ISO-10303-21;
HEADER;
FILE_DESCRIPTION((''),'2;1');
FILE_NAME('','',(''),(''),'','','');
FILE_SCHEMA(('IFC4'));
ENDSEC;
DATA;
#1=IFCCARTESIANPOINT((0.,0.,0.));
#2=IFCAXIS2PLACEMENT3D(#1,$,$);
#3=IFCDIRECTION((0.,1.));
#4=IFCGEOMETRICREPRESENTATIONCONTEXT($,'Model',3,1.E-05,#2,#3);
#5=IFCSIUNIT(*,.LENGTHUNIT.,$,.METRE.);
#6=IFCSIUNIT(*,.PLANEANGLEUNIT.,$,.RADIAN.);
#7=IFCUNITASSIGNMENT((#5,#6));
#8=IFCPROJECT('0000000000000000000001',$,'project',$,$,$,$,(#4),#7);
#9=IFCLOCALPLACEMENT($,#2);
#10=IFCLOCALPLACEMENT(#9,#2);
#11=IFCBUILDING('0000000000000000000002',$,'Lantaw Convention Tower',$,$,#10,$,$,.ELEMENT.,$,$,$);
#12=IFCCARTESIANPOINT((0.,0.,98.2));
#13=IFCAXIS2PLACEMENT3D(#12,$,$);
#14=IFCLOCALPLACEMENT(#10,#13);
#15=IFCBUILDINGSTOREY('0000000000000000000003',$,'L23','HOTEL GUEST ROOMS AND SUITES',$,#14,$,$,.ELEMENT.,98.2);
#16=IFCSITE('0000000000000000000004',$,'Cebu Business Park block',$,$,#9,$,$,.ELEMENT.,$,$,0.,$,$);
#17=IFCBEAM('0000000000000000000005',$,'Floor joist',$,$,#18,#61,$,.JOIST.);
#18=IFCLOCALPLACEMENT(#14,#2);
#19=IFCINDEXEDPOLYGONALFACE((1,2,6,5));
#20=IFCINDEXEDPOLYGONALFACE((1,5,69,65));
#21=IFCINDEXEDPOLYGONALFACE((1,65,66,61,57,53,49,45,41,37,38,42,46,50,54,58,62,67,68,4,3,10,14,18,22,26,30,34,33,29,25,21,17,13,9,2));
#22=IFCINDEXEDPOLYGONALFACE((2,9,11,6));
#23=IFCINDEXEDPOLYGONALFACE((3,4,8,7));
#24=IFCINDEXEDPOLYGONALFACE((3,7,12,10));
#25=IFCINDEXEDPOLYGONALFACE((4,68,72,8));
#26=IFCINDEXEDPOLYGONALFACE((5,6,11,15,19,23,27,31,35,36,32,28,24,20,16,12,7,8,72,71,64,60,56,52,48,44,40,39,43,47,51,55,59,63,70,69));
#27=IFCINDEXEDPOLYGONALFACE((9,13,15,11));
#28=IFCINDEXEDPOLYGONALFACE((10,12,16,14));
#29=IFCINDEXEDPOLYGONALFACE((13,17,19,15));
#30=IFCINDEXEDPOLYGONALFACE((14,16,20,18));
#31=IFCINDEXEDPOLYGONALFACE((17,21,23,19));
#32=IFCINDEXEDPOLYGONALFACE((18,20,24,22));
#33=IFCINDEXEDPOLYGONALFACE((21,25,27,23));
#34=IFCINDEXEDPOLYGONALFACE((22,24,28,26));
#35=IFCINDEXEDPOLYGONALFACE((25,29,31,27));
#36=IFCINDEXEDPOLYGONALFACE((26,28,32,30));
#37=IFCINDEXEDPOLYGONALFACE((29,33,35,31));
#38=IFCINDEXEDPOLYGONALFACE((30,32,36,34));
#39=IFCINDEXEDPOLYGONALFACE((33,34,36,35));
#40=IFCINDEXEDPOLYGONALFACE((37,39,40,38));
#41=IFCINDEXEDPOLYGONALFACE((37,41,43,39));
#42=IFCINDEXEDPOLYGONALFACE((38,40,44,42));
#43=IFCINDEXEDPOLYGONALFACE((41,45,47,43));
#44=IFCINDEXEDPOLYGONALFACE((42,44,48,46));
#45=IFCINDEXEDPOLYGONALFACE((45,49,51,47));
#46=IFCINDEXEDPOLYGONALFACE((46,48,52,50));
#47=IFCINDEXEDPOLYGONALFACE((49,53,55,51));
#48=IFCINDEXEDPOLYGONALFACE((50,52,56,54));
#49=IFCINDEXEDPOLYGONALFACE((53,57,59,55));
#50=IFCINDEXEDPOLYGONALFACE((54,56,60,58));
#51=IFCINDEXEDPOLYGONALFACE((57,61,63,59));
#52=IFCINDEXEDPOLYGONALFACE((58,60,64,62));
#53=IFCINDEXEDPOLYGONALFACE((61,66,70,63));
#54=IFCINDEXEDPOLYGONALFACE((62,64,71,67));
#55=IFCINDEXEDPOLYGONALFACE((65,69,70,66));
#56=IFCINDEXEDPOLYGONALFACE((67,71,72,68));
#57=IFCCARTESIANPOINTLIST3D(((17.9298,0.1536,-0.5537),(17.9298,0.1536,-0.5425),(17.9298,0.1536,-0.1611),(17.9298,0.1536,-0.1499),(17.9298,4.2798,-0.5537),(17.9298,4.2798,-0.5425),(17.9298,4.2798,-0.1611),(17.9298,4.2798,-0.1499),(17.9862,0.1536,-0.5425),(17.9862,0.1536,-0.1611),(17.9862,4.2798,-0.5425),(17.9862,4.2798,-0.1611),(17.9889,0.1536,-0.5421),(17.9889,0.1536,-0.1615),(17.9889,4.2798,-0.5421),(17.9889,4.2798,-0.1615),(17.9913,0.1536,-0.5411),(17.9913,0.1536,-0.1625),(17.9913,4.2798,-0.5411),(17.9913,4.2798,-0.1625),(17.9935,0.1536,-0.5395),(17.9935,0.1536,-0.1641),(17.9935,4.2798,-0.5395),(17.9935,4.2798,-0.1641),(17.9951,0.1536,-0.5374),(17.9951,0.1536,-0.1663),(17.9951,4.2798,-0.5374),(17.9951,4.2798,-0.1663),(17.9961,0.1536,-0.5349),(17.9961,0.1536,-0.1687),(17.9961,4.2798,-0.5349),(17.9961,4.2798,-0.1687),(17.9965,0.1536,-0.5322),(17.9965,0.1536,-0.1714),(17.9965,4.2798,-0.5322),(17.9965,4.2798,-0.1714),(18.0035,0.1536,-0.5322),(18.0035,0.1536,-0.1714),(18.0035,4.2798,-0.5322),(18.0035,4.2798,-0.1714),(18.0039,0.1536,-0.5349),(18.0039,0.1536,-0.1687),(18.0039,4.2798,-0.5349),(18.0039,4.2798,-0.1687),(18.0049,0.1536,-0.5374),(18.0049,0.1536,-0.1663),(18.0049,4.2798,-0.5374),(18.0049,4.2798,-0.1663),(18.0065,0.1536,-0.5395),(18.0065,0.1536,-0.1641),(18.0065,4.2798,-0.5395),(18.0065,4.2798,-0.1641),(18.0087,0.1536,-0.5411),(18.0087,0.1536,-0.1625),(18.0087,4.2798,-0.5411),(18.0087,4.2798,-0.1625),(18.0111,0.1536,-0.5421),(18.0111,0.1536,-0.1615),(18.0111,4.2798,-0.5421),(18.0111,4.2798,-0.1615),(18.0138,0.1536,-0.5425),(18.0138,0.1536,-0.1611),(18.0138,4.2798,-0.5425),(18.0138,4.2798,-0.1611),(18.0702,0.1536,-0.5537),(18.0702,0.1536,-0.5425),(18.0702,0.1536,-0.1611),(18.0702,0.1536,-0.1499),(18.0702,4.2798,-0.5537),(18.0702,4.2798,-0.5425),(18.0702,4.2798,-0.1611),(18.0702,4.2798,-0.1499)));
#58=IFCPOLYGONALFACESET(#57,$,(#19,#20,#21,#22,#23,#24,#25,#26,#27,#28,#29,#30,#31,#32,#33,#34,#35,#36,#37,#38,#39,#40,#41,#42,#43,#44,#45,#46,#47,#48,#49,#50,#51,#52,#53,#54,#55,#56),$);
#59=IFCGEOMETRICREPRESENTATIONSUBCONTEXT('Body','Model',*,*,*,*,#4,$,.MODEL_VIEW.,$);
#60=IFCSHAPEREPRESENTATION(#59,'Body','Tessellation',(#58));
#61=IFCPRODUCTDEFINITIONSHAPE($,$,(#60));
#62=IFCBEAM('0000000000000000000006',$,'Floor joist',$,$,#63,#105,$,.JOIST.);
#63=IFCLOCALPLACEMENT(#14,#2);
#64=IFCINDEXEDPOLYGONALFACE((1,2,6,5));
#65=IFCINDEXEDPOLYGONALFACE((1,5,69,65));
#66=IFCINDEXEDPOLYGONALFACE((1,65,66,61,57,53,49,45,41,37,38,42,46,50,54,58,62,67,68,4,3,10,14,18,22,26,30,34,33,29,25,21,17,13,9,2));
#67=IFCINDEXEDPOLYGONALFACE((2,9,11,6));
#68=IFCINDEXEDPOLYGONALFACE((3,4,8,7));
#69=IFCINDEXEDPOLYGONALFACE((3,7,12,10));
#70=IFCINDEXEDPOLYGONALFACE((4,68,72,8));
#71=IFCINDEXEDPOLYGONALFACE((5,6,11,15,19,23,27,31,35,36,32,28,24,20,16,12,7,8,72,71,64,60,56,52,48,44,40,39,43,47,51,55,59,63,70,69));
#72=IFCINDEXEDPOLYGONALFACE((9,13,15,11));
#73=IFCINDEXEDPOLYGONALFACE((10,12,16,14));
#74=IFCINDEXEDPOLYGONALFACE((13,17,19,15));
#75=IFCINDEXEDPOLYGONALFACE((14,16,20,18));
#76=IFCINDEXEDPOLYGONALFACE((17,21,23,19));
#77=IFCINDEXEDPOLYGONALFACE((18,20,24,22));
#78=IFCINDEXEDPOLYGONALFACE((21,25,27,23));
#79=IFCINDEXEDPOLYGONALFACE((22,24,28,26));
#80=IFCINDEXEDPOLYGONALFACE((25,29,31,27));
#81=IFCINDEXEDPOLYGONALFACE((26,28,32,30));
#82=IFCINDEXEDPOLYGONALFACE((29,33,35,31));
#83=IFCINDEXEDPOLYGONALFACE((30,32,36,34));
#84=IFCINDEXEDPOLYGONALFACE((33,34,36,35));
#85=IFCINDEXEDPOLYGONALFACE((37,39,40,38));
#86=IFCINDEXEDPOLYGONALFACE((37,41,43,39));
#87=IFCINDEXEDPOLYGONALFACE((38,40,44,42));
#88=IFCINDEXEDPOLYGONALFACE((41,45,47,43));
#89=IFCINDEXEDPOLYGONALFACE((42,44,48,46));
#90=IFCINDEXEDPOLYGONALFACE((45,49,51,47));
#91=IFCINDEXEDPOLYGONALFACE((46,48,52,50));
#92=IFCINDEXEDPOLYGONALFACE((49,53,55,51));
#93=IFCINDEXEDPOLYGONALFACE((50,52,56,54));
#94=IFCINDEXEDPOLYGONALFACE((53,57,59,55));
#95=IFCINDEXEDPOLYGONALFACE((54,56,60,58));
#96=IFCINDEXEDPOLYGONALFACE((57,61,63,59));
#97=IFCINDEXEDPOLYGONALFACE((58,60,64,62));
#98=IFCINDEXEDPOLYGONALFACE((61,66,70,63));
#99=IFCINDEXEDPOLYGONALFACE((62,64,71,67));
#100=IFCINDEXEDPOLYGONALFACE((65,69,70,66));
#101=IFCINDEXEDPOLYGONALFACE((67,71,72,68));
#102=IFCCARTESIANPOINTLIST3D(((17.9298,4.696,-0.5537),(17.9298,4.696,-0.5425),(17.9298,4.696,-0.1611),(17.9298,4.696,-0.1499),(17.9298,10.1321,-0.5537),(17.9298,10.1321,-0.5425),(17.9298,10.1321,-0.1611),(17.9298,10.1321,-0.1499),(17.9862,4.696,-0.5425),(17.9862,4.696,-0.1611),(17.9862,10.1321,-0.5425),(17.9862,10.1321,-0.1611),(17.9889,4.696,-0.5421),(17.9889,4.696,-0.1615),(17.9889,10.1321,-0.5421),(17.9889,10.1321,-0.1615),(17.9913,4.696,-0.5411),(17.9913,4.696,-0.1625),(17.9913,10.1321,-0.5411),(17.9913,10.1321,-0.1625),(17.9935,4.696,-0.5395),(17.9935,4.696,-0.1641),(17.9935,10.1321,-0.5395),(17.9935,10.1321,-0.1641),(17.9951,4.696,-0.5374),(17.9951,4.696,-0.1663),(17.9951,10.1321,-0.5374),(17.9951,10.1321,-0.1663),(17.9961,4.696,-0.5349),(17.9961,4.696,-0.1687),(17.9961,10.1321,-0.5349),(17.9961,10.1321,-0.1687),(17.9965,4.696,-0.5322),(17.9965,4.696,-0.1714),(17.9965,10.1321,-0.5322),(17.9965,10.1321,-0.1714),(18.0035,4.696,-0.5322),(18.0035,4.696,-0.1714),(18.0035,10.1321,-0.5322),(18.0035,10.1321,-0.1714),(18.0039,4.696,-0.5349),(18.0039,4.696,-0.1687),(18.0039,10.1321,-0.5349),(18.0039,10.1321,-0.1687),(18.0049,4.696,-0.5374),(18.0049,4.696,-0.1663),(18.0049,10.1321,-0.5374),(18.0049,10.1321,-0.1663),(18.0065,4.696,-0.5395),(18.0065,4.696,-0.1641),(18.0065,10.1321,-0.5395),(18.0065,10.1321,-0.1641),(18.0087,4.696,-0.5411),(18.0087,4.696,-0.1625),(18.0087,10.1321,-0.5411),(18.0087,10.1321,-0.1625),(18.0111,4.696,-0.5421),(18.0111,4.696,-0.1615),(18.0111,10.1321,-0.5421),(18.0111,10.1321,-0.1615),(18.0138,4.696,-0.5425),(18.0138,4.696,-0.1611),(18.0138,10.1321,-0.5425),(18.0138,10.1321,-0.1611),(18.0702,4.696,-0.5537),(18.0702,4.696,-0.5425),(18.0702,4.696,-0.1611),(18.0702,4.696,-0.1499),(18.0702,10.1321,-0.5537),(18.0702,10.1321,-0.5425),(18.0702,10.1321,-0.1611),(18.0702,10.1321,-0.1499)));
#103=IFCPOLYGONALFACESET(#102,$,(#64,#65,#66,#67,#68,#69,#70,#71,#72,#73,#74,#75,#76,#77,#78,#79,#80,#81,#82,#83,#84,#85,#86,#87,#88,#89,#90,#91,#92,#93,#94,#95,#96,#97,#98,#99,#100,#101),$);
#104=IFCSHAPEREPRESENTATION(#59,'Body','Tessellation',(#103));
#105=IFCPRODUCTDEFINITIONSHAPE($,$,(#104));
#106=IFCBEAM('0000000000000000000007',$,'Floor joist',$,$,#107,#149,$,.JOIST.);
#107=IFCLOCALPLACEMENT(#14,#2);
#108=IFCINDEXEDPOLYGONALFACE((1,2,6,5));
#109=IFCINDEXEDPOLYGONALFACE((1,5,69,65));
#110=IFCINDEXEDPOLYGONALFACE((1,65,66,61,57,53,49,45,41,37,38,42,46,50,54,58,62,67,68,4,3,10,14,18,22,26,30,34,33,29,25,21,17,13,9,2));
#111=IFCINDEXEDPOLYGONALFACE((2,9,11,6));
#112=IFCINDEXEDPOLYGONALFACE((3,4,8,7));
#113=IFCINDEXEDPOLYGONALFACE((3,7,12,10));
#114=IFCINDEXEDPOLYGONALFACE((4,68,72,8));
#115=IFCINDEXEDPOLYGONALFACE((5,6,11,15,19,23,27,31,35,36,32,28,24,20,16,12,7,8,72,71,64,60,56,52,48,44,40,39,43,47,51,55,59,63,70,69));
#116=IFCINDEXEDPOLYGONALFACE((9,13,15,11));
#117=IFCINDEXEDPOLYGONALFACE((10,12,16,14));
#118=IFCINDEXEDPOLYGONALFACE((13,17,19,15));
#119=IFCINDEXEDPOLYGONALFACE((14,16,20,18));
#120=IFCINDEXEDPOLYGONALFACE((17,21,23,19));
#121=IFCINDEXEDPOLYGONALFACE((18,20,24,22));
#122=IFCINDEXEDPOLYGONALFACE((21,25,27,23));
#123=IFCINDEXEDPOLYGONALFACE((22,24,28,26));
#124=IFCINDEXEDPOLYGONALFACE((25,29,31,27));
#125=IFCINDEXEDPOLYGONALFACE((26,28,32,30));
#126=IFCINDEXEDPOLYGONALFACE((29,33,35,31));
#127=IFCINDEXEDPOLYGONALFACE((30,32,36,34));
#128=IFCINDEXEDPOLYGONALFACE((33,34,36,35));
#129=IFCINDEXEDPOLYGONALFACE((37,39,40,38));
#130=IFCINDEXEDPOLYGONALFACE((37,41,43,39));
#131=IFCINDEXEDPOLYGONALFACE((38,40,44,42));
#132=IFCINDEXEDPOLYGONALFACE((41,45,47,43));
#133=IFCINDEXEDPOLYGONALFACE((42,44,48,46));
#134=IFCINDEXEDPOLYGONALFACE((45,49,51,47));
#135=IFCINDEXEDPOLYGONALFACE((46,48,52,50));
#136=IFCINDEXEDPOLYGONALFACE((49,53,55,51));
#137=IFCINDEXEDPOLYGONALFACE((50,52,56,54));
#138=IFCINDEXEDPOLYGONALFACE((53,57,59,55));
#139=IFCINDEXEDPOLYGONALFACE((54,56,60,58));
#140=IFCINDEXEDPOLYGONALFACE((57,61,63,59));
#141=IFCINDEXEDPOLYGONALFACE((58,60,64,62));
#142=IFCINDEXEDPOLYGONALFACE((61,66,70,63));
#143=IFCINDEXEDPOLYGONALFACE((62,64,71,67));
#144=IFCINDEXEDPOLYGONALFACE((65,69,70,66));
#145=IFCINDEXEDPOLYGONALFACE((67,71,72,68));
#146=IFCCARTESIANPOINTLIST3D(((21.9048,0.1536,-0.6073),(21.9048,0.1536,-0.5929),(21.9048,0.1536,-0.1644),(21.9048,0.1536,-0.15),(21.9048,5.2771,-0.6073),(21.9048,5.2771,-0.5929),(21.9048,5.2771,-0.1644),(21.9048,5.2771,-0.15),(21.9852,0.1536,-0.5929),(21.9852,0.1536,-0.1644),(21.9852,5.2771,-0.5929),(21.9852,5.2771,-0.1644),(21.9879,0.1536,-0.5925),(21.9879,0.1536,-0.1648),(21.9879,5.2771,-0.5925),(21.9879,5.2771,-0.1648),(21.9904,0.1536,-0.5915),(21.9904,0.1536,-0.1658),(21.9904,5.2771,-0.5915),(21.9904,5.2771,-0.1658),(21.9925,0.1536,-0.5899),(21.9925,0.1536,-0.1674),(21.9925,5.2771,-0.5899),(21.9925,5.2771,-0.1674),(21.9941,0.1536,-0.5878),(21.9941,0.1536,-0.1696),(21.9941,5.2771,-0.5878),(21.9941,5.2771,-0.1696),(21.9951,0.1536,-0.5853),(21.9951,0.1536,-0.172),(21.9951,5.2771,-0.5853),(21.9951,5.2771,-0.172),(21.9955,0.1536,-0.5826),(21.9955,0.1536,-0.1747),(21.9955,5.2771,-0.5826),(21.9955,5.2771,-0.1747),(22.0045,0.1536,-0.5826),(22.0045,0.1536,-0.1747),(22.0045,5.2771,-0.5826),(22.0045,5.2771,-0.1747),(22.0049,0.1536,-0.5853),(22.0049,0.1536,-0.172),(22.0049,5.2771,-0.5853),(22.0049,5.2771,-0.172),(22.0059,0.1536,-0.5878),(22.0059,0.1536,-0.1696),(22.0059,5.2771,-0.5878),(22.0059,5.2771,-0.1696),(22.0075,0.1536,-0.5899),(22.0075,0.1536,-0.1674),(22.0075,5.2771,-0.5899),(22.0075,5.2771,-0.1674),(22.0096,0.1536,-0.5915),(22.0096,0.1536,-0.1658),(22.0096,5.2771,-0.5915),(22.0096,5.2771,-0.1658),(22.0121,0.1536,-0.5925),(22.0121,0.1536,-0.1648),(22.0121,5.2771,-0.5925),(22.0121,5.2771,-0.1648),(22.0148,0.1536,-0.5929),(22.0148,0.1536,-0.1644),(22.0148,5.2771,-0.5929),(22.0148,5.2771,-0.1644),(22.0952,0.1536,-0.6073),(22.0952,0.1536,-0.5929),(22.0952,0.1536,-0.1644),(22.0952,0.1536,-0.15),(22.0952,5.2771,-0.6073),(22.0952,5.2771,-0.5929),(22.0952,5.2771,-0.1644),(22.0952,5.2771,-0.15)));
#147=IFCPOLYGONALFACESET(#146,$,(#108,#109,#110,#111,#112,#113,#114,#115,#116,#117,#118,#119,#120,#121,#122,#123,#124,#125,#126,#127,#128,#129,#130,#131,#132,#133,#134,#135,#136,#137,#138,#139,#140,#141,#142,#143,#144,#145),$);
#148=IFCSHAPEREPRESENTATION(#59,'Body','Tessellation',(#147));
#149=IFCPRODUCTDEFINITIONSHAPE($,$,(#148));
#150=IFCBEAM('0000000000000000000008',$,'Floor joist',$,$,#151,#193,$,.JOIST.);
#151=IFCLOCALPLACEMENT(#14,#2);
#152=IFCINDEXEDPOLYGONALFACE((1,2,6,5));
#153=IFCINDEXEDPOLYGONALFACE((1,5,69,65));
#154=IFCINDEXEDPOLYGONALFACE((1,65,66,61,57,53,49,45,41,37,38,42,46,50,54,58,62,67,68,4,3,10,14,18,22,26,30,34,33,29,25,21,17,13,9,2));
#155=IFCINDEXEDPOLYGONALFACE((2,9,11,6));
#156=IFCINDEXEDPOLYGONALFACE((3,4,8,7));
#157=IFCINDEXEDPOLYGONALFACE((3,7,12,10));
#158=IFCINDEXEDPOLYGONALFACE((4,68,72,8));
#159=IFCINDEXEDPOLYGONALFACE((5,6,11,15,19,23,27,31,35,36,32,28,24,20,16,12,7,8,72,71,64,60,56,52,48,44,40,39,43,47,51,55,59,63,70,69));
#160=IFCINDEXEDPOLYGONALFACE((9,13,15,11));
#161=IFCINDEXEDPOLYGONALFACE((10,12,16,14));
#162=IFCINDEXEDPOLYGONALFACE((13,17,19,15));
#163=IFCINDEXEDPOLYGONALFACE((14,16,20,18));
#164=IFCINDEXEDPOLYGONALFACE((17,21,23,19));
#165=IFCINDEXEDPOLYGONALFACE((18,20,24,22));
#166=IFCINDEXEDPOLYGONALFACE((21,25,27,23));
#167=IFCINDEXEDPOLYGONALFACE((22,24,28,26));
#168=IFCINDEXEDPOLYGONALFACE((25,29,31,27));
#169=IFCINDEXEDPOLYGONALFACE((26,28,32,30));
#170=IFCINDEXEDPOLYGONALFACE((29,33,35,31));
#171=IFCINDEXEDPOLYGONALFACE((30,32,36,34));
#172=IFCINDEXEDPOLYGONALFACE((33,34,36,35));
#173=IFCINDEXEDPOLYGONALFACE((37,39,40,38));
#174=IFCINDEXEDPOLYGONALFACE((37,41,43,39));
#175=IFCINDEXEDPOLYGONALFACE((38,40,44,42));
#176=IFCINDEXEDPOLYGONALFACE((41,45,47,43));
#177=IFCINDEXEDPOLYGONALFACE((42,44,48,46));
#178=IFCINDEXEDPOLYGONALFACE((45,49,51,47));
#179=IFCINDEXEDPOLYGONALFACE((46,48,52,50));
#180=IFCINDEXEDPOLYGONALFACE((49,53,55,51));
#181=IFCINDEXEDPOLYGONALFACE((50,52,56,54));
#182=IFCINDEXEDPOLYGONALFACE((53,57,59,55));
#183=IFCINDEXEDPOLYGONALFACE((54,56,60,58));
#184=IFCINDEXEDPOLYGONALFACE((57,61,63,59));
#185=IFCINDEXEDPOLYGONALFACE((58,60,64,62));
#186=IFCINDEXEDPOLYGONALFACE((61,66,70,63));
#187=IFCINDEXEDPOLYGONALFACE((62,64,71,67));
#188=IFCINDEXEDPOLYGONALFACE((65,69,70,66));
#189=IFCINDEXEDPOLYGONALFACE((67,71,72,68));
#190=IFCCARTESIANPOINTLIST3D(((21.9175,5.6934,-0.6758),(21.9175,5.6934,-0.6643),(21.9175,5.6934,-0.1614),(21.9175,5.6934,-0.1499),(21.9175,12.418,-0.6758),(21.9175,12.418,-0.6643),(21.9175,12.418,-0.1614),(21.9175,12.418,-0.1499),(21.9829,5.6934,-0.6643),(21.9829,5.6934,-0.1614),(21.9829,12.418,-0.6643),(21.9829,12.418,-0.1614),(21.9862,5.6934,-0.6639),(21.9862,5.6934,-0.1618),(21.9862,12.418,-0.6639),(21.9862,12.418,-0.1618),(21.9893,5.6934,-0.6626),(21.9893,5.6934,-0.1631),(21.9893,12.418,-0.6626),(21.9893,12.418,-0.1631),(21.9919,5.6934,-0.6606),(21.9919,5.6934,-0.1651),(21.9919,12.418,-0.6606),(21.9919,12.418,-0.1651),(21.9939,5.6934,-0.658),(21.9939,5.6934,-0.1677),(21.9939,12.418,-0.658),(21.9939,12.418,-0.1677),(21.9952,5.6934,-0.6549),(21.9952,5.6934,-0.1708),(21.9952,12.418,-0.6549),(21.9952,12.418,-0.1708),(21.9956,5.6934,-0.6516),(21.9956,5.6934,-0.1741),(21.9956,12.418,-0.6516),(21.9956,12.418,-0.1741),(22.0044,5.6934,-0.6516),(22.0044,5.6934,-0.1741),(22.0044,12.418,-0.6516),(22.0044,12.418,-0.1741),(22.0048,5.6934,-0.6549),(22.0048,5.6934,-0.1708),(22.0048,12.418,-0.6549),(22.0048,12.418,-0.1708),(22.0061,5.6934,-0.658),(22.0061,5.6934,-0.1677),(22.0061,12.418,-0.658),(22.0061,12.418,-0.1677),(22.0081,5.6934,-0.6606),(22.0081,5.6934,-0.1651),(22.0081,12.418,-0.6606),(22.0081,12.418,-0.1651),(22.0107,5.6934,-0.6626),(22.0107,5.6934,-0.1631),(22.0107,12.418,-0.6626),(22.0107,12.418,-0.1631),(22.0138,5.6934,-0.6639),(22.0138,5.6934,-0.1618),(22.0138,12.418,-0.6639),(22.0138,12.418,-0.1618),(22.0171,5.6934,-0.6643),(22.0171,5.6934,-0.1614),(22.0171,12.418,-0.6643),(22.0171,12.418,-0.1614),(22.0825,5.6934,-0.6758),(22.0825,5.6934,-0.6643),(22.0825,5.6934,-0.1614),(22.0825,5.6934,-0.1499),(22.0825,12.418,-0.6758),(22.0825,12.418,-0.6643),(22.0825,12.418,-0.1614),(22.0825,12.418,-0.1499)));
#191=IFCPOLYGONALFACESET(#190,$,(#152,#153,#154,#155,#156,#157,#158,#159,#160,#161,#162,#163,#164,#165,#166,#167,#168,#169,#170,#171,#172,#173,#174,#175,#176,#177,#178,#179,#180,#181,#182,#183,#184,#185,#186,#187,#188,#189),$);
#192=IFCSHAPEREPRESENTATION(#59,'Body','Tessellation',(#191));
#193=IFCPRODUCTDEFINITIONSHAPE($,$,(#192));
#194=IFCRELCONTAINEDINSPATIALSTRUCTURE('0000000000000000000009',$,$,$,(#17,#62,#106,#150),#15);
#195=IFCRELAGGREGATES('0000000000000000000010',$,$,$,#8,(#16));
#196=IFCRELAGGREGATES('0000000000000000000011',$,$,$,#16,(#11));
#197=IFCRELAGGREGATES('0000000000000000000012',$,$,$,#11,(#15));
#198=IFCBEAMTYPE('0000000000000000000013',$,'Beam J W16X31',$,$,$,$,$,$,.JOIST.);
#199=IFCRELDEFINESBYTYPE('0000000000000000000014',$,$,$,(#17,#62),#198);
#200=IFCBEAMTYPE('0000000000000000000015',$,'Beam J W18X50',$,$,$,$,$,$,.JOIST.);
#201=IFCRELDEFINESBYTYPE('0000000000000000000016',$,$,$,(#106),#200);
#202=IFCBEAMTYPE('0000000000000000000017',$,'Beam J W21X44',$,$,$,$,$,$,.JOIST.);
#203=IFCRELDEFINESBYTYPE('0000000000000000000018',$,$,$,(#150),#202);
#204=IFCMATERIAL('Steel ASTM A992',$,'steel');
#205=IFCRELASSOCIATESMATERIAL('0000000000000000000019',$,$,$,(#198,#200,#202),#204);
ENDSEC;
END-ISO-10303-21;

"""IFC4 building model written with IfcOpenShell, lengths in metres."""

from ifc_helpers import new_model, si_unit, direction, frame, origin, origin_2d, place, context, subcontext, project, spatial, i_section, extrude, material, material_profile, profile_set, type_object, element, save


model = new_model("IFC4")

# Units and contexts
model_context = context("Model", 3, precision=1e-05, world=origin(), true_north=direction((0.0, 1.0)))
body_context = subcontext(model_context, "Body", "Model", "MODEL_VIEW")
ifc_project = project(units=[si_unit("LENGTHUNIT", "METRE"), si_unit("PLANEANGLEUNIT", "RADIAN")], contexts=[model_context])

# Site, building, storey
site_placement = place(None, origin())
site = spatial("IfcSite", under=ifc_project, at=site_placement, Name="Cebu Business Park block", CompositionType="ELEMENT", RefElevation=0.0)
building_placement = place(site_placement, origin())
building = spatial("IfcBuilding", under=site, at=building_placement, Name="Lantaw Convention Tower", CompositionType="ELEMENT")
storey_placement = place(building_placement, frame((0.0, 0.0, 98.2)))
storey = spatial("IfcBuildingStorey", under=building, at=storey_placement, Name="L23", Description="HOTEL GUEST ROOMS AND SUITES", CompositionType="ELEMENT", Elevation=98.2)

# Beams
ifc_material_1 = material(Name="Steel ASTM A992", Category="steel")
ifc_material_profile_1 = material_profile(ifc_material_1, i_section(OverallWidth=0.1404, OverallDepth=0.4038, WebThickness=0.0071, FlangeThickness=0.0112, FilletRadius=0.0103, at=origin_2d()), Name="W16X31")
ifc_profile_set_1 = profile_set([ifc_material_profile_1], Name="Steel ASTM A992")
beam_type_1 = type_object("IfcBeamType", Name="Beam J W16X31", PredefinedType="JOIST", material=ifc_profile_set_1)
beam_1_placement = place(storey_placement, frame((18.0, 0.1536, -0.3518), z_axis=(0.0, 1.0, 0.0), x_axis=(-1.0, 0.0, 0.0)))
element("IfcBeam", 1, at=beam_1_placement, inside=storey, type_object=beam_type_1, Name="Floor joist", PredefinedType="JOIST", context=body_context, shape_type="SweptSolid", body=[
    extrude(i_section(OverallWidth=0.1404, OverallDepth=0.4038, WebThickness=0.0071, FlangeThickness=0.0112, FilletRadius=0.0103, at=origin_2d()), origin(), (0.0, 0.0, 1.0), 4.1262),
])
beam_2_placement = place(storey_placement, frame((18.0, 4.696, -0.3518), z_axis=(0.0, 1.0, 0.0), x_axis=(-1.0, 0.0, 0.0)))
element("IfcBeam", 2, at=beam_2_placement, inside=storey, type_object=beam_type_1, Name="Floor joist", PredefinedType="JOIST", context=body_context, shape_type="SweptSolid", body=[
    extrude(i_section(OverallWidth=0.1404, OverallDepth=0.4038, WebThickness=0.0071, FlangeThickness=0.0112, FilletRadius=0.0103, at=origin_2d()), origin(), (0.0, 0.0, 1.0), 5.436),
])
ifc_material_profile_2 = material_profile(ifc_material_1, i_section(OverallWidth=0.1904, OverallDepth=0.4573, WebThickness=0.009, FlangeThickness=0.0144, FilletRadius=0.0103, at=origin_2d()), Name="W18X50")
ifc_profile_set_2 = profile_set([ifc_material_profile_2], Name="Steel ASTM A992")
beam_type_2 = type_object("IfcBeamType", Name="Beam J W18X50", PredefinedType="JOIST", material=ifc_profile_set_2)
beam_3_placement = place(storey_placement, frame((22.0, 0.1536, -0.3787), z_axis=(0.0, 1.0, 0.0), x_axis=(-1.0, 0.0, 0.0)))
element("IfcBeam", 3, at=beam_3_placement, inside=storey, type_object=beam_type_2, Name="Floor joist", PredefinedType="JOIST", context=body_context, shape_type="SweptSolid", body=[
    extrude(i_section(OverallWidth=0.1904, OverallDepth=0.4573, WebThickness=0.009, FlangeThickness=0.0144, FilletRadius=0.0103, at=origin_2d()), origin(), (0.0, 0.0, 1.0), 5.1235),
])
ifc_material_profile_3 = material_profile(ifc_material_1, i_section(OverallWidth=0.165, OverallDepth=0.5259, WebThickness=0.0088, FlangeThickness=0.0115, FilletRadius=0.0127, at=origin_2d()), Name="W21X44")
ifc_profile_set_3 = profile_set([ifc_material_profile_3], Name="Steel ASTM A992")
beam_type_3 = type_object("IfcBeamType", Name="Beam J W21X44", PredefinedType="JOIST", material=ifc_profile_set_3)
beam_4_placement = place(storey_placement, frame((22.0, 5.6934, -0.4128), z_axis=(0.0, 1.0, 0.0), x_axis=(-1.0, 0.0, 0.0)))
element("IfcBeam", 4, at=beam_4_placement, inside=storey, type_object=beam_type_3, Name="Floor joist", PredefinedType="JOIST", context=body_context, shape_type="SweptSolid", body=[
    extrude(i_section(OverallWidth=0.165, OverallDepth=0.5259, WebThickness=0.0088, FlangeThickness=0.0115, FilletRadius=0.0127, at=origin_2d()), origin(), (0.0, 0.0, 1.0), 6.7246),
])

save(model, "model.ifc")
